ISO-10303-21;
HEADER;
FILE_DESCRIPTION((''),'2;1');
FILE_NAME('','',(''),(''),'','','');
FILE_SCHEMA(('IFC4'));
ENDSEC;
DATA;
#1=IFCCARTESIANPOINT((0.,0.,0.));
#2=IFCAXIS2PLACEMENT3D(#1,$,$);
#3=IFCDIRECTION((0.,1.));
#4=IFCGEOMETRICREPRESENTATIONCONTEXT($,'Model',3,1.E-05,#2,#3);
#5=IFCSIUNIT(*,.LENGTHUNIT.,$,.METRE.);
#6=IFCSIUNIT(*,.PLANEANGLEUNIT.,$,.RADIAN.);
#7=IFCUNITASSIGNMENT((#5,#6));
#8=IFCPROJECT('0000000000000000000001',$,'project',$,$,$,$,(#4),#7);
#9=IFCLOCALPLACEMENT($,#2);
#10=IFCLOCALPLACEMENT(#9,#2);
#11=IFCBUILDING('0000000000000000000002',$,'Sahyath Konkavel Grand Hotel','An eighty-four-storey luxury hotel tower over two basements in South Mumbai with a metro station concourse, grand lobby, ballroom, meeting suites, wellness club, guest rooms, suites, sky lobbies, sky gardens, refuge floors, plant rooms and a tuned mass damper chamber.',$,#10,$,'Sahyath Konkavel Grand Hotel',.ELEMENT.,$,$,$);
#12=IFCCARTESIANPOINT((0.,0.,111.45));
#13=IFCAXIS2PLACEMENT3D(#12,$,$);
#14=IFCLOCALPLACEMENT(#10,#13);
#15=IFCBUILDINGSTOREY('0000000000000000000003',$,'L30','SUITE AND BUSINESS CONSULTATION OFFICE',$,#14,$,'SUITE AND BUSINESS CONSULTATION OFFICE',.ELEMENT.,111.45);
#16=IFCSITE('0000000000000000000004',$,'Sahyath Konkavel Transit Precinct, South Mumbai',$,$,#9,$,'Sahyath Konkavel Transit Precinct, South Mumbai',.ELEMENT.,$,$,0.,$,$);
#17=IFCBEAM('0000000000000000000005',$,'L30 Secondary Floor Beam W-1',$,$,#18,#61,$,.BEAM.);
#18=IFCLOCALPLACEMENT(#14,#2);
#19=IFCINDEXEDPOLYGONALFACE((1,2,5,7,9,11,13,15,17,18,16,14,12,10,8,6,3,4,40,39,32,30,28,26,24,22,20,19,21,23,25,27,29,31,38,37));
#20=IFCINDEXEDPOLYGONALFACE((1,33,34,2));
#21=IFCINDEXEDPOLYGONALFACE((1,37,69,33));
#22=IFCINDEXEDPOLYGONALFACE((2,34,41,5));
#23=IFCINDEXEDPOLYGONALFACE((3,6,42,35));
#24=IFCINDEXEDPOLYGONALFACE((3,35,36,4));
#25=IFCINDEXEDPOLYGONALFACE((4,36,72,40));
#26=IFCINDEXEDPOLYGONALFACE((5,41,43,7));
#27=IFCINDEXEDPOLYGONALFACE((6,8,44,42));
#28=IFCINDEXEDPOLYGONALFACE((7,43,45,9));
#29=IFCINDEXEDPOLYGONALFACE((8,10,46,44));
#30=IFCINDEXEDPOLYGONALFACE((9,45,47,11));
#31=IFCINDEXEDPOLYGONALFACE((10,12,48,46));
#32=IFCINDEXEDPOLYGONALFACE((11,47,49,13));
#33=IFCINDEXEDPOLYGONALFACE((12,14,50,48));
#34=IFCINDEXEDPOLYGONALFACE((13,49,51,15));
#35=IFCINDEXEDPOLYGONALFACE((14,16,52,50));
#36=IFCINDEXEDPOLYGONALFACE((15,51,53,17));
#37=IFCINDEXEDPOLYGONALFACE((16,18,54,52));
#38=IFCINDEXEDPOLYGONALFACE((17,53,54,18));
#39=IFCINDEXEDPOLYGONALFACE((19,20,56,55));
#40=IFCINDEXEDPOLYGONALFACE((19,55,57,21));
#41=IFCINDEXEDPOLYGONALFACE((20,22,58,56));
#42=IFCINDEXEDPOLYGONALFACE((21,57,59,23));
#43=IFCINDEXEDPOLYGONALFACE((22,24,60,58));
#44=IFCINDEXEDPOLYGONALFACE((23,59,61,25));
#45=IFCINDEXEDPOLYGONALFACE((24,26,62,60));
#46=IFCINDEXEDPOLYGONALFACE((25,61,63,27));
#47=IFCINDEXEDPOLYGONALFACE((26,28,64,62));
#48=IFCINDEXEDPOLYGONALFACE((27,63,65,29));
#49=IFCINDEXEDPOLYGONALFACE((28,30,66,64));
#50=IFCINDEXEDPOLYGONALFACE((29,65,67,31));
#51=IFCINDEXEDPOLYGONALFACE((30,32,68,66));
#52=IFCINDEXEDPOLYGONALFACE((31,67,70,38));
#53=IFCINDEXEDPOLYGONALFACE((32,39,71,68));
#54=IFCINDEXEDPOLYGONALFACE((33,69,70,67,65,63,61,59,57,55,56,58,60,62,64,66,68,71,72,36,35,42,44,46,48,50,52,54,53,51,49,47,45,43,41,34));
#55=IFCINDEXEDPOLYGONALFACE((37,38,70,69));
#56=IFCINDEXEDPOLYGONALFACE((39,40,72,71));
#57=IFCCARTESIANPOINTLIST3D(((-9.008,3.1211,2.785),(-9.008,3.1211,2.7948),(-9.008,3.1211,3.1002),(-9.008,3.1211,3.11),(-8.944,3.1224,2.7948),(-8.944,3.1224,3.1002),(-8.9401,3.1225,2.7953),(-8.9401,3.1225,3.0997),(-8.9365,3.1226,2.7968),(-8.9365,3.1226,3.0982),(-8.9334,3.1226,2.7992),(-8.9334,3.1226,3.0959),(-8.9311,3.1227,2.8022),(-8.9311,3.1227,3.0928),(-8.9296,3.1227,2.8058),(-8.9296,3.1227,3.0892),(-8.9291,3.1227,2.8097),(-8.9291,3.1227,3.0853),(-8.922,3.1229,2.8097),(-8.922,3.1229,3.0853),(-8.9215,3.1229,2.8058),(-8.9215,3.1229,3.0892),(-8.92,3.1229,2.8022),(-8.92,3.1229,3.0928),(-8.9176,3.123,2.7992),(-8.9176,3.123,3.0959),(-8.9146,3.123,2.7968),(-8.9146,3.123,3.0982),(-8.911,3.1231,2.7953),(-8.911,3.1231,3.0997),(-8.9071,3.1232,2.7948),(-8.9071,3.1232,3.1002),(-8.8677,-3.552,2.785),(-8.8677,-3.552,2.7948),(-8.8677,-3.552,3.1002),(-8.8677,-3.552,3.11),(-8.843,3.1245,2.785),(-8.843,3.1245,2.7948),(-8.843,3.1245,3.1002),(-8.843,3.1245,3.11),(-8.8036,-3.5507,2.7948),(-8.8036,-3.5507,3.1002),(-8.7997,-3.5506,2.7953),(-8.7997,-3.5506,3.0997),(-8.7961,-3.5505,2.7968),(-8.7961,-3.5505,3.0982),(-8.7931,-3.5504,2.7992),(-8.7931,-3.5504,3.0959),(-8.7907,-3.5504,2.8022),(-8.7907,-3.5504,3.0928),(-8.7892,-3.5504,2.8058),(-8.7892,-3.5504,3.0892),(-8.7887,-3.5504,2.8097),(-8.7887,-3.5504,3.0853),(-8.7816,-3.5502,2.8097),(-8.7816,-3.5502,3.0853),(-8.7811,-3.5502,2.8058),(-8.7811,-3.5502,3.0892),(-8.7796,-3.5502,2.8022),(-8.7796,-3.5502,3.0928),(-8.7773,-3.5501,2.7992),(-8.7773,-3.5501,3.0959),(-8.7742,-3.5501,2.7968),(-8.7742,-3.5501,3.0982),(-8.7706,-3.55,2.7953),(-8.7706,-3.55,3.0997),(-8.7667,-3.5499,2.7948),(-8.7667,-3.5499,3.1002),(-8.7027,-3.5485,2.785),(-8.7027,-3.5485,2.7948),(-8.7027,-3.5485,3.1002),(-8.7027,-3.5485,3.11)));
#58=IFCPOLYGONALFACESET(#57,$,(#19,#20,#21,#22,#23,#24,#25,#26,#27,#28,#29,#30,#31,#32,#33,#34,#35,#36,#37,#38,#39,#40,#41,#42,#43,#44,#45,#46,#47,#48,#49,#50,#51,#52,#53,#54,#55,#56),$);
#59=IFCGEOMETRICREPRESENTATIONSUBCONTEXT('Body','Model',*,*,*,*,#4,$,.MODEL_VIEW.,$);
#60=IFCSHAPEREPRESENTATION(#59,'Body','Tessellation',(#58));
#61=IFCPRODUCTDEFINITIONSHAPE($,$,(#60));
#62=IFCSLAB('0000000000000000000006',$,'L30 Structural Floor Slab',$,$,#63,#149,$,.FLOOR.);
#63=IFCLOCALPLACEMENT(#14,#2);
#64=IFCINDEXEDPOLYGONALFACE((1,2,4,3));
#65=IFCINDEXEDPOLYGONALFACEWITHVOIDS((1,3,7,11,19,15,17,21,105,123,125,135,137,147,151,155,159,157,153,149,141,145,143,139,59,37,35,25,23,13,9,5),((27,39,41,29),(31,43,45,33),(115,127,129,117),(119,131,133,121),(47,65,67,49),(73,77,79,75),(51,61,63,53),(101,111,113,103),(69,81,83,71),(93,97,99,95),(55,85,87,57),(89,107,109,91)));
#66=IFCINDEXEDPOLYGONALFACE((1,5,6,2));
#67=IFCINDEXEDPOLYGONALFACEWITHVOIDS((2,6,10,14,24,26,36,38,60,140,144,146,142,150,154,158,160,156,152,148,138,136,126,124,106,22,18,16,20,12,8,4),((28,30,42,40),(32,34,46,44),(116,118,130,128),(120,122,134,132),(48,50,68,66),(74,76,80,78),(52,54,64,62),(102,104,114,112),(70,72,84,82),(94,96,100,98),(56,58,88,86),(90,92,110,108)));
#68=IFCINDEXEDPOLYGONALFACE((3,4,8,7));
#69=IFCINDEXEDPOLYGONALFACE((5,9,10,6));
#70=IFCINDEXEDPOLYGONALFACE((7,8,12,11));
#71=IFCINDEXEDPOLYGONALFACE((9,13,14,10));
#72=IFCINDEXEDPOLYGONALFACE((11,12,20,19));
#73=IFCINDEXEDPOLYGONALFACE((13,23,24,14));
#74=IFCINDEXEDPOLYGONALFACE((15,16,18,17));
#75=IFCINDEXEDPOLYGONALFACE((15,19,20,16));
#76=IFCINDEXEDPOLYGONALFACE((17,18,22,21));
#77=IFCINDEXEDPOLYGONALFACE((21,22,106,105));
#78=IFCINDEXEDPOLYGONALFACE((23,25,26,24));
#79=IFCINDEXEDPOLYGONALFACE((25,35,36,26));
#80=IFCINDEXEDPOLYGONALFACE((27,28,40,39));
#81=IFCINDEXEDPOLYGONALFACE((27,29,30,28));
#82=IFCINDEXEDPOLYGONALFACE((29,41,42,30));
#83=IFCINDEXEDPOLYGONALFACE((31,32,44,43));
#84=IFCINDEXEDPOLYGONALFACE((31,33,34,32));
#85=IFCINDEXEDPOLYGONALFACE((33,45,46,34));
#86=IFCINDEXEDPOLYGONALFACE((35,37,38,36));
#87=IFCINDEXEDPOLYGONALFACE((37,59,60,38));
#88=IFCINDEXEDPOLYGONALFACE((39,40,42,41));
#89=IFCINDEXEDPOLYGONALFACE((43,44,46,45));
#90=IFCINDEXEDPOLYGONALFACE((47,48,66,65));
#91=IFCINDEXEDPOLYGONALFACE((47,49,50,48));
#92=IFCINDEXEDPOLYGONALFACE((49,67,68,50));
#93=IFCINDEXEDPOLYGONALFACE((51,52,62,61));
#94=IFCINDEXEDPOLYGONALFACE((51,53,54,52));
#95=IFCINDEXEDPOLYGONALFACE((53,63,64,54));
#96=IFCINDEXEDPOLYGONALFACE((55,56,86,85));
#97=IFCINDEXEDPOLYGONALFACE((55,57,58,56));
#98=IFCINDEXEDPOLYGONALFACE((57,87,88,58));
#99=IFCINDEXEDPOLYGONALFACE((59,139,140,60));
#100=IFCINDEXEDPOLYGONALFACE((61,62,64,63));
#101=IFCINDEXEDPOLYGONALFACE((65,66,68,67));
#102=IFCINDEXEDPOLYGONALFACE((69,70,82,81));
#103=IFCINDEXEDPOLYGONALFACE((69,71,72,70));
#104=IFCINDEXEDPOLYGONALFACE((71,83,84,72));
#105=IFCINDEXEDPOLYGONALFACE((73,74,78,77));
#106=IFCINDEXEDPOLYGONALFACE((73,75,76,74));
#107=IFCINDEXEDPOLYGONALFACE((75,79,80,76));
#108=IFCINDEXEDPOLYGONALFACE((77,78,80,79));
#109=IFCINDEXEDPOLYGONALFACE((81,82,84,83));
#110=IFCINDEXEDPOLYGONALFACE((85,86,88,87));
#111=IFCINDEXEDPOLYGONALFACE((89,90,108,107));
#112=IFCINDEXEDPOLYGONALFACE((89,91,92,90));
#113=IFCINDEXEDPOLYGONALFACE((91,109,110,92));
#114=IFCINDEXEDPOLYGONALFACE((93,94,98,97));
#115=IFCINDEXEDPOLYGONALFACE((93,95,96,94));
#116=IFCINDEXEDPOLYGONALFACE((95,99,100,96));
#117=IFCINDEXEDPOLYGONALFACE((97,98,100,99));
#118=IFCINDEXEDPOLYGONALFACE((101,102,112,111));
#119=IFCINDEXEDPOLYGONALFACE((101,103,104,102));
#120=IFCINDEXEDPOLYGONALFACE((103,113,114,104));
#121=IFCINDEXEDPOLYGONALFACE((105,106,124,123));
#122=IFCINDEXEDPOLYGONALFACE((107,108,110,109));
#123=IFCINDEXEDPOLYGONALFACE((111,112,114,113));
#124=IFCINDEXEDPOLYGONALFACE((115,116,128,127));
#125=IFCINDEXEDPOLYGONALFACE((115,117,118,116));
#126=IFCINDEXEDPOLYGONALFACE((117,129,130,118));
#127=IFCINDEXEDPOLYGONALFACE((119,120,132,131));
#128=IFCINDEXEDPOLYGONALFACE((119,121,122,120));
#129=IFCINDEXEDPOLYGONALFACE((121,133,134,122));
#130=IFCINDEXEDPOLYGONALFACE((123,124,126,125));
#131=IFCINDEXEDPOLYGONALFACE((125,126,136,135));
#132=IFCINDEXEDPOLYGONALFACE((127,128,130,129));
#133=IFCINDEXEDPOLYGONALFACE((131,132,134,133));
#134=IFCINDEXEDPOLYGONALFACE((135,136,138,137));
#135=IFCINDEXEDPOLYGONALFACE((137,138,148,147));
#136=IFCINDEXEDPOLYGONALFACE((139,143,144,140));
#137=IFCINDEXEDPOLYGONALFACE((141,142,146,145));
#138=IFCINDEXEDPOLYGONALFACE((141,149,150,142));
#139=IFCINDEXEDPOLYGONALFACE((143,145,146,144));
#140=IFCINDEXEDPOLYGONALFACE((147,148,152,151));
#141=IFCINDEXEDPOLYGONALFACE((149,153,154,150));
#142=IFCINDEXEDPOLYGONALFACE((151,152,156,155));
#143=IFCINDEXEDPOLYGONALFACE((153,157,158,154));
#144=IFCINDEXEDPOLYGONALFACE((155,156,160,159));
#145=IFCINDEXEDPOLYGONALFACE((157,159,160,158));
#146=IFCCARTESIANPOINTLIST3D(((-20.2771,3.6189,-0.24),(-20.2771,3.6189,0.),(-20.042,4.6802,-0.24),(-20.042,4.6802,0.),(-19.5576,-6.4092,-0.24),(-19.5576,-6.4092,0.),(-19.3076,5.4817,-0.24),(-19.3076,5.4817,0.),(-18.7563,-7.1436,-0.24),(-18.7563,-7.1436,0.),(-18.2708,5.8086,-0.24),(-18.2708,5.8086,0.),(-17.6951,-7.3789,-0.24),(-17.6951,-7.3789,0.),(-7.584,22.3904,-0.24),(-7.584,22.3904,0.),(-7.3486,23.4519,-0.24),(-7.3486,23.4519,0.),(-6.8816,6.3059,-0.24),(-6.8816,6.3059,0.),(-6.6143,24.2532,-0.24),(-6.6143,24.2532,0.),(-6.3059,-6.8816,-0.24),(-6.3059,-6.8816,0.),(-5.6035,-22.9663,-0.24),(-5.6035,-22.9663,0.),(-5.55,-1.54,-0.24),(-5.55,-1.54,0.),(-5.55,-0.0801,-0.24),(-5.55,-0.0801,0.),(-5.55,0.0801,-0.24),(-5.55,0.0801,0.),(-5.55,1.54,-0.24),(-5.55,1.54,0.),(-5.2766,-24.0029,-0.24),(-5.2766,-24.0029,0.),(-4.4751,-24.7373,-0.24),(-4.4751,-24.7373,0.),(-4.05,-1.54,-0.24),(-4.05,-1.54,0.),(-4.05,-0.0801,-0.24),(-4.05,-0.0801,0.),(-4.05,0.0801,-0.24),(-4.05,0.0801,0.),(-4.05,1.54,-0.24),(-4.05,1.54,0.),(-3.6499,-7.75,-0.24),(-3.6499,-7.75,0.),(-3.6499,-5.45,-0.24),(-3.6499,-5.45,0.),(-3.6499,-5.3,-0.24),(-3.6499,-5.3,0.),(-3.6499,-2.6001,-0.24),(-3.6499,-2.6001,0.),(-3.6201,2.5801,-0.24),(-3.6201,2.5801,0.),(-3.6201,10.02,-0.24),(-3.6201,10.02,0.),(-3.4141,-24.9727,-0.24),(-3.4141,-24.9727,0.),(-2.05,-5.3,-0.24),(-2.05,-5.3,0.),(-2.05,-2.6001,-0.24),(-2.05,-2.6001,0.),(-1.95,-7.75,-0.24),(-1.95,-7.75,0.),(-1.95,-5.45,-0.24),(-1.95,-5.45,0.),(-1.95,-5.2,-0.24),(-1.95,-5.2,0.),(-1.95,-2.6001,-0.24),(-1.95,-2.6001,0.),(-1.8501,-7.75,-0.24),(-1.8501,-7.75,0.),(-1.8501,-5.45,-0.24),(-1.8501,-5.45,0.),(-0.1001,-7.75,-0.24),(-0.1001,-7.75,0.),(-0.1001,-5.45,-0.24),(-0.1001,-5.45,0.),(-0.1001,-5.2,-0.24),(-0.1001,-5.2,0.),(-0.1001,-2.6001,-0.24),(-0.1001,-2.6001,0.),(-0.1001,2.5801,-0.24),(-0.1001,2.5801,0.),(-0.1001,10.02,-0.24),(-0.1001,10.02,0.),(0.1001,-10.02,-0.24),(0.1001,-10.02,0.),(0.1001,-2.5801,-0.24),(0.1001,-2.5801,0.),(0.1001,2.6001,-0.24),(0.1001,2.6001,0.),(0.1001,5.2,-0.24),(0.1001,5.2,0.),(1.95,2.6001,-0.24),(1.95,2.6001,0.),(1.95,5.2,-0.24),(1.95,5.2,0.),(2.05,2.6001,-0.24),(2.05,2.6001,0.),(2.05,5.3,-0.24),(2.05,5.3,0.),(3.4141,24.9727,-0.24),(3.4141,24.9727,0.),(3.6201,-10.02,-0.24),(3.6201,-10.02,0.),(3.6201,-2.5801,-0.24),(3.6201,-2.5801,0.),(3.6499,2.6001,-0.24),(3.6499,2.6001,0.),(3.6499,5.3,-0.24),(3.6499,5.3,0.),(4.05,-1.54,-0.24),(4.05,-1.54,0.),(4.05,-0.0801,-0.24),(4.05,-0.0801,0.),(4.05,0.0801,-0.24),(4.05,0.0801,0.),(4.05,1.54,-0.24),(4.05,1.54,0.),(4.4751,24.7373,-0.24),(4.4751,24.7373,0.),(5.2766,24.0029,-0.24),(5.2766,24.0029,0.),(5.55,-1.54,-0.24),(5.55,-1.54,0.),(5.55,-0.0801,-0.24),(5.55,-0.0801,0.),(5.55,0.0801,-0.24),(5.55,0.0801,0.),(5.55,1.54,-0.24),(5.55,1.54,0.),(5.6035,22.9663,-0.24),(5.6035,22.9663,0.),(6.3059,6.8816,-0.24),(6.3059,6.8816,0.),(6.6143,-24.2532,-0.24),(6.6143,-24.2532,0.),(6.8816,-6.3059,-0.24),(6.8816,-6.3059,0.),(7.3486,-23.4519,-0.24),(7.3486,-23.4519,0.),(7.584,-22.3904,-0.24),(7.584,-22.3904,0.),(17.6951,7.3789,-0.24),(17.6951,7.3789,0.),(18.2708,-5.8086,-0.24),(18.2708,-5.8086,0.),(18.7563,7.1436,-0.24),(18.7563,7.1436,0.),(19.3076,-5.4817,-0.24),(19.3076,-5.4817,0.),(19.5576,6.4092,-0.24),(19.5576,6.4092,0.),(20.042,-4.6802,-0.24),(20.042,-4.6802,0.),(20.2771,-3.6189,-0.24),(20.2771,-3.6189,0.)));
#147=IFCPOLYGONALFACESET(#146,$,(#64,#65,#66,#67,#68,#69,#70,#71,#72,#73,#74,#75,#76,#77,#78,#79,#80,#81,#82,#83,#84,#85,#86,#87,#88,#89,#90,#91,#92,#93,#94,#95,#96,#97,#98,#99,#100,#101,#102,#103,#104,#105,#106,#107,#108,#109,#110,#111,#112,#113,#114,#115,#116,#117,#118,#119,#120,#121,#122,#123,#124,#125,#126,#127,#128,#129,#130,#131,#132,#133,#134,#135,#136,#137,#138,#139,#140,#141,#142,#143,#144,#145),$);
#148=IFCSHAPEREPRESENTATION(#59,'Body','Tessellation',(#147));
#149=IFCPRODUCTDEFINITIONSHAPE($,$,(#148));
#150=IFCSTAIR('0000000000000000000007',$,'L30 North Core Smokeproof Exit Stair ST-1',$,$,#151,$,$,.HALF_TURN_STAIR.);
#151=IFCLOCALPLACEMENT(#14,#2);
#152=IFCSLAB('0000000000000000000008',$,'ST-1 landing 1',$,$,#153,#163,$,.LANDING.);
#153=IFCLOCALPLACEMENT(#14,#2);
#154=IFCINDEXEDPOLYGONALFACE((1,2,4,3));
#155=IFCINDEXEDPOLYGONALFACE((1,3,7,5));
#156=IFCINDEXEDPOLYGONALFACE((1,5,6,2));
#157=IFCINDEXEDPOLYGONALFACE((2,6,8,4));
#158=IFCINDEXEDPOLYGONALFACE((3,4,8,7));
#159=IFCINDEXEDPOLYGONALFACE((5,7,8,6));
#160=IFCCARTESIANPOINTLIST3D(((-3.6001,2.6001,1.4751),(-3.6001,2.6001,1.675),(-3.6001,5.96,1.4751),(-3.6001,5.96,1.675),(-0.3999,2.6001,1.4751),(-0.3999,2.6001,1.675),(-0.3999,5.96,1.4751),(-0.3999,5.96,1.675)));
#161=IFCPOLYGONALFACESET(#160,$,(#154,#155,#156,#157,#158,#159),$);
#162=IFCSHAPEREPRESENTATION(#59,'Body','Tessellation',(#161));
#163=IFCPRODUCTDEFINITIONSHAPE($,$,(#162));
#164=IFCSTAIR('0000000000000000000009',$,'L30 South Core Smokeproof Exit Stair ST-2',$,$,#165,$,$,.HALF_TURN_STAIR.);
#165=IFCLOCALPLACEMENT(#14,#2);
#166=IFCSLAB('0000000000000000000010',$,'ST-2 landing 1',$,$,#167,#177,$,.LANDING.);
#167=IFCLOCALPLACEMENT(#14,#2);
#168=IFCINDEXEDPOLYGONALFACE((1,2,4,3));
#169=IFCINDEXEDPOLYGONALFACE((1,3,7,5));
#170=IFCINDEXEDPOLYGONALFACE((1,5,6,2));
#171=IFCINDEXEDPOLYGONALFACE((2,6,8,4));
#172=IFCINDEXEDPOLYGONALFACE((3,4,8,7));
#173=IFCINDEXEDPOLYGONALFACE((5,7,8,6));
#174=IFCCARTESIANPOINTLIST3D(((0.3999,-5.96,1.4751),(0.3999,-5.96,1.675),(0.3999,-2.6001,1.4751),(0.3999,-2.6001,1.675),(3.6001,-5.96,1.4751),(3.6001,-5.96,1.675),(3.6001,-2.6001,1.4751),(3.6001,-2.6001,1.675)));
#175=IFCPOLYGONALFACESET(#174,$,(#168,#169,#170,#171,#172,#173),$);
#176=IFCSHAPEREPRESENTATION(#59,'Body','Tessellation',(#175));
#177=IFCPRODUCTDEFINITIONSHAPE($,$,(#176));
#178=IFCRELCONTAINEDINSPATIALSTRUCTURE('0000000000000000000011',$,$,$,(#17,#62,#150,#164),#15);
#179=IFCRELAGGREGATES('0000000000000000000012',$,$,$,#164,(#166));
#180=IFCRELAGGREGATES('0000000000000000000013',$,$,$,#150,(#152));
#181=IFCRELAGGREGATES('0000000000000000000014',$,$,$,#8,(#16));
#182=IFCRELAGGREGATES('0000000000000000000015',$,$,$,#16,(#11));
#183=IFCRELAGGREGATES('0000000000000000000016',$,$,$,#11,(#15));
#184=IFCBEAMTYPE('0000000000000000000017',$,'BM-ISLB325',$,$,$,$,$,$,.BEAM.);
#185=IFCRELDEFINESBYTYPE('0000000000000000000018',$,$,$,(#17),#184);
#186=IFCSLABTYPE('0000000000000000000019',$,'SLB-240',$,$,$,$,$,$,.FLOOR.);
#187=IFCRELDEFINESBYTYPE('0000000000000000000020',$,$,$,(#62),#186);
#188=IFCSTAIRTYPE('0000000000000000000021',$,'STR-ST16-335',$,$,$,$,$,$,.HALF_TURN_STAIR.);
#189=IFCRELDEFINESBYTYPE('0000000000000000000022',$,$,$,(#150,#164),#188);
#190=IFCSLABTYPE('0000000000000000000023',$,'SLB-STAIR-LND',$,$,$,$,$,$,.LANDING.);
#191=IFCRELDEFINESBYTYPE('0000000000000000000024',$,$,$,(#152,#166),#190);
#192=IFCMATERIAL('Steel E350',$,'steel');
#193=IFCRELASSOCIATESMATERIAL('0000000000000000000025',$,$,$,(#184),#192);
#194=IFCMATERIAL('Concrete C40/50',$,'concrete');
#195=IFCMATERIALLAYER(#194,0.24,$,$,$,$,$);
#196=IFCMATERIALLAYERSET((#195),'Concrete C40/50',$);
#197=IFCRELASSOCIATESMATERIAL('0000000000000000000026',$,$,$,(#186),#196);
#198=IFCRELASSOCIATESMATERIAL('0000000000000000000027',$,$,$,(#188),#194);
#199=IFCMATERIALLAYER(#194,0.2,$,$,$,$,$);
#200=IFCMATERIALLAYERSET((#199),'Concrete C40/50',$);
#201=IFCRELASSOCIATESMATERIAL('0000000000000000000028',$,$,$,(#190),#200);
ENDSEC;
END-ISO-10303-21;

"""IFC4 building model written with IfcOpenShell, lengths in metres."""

from ifc_helpers import new_model, si_unit, direction, frame, origin, origin_2d, place, context, subcontext, project, spatial, polyline, i_section, outline, extrude, source, transform, mapped, material, layer, layer_set, material_profile, profile_set, type_object, element, aggregate, save


model = new_model("IFC4")

# Units and contexts
model_context = context("Model", 3, precision=1e-05, world=origin(), true_north=direction((0.0, 1.0)))
body_context = subcontext(model_context, "Body", "Model", "MODEL_VIEW")
ifc_project = project(units=[si_unit("LENGTHUNIT", "METRE"), si_unit("PLANEANGLEUNIT", "RADIAN")], contexts=[model_context])

# Site, building, storey
site_placement = place(None, origin())
site = spatial("IfcSite", under=ifc_project, at=site_placement, Name="Sahyath Konkavel Transit Precinct, South Mumbai", LongName="Sahyath Konkavel Transit Precinct, South Mumbai", CompositionType="ELEMENT", RefElevation=0.0)
building_placement = place(site_placement, origin())
building = spatial("IfcBuilding", under=site, at=building_placement, Name="Sahyath Konkavel Grand Hotel", Description="An eighty-four-storey luxury hotel tower over two basements in South Mumbai with a metro station concourse, grand lobby, ballroom, meeting suites, wellness club, guest rooms, suites, sky lobbies, sky gardens, refuge floors, plant rooms and a tuned mass damper chamber.", LongName="Sahyath Konkavel Grand Hotel", CompositionType="ELEMENT")
storey_placement = place(building_placement, frame((0.0, 0.0, 111.45)))
storey = spatial("IfcBuildingStorey", under=building, at=storey_placement, Name="L30", Description="SUITE AND BUSINESS CONSULTATION OFFICE", LongName="SUITE AND BUSINESS CONSULTATION OFFICE", CompositionType="ELEMENT", Elevation=111.45)

# Beam
ifc_material_1 = material(Name="Steel E350", Category="steel")
ifc_material_profile_1 = material_profile(ifc_material_1, i_section(OverallWidth=0.165, OverallDepth=0.325, WebThickness=0.0071, FlangeThickness=0.0098, FilletRadius=0.0149, at=origin_2d()), Name="ISLB 325")
ifc_profile_set_1 = profile_set([ifc_material_profile_1], Name="Steel E350")
beam_type_1 = type_object("IfcBeamType", Name="BM-ISLB325", PredefinedType="BEAM", material=ifc_profile_set_1)
shared_shape_1 = source(origin(), body_context, "Body", "SweptSolid", [
    extrude(i_section(OverallWidth=0.165, OverallDepth=0.325, WebThickness=0.0071, FlangeThickness=0.0098, FilletRadius=0.0149, at=origin_2d()), origin(), (0.0, 0.0, 1.0), 6.6746),
])
beam_1_placement = place(storey_placement, frame((-8.9255, 3.1228, 2.9475), z_axis=(0.021032, -0.999779, 0.0), x_axis=(0.999779, 0.021032, 0.0)))
element("IfcBeam", 1, at=beam_1_placement, inside=storey, type_object=beam_type_1, Name="L30 Secondary Floor Beam W-1", PredefinedType="BEAM", context=body_context, shape_type="MappedRepresentation", body=[
    mapped(shared_shape_1, transform((0.0, 0.0, 0.0), scale=1.0)),
])

# Slab
ifc_material_2 = material(Name="Concrete C40/50", Category="concrete")
ifc_layer_1 = layer(ifc_material_2, 0.24)
ifc_layer_set_1 = layer_set([ifc_layer_1], Name="Concrete C40/50")
slab_type_1 = type_object("IfcSlabType", Name="SLB-240", PredefinedType="FLOOR", material=ifc_layer_set_1)
slab_1_placement = place(storey_placement, frame((0.0, 0.0, -0.24)))
element("IfcSlab", 2, at=slab_1_placement, inside=storey, type_object=slab_type_1, Name="L30 Structural Floor Slab", PredefinedType="FLOOR", context=body_context, shape_type="SweptSolid", body=[
    extrude(outline(polyline([(6.8816, -6.3059), (18.2708, -5.8086), (19.3076, -5.4817), (20.042, -4.6802), (20.2771, -3.6189), (19.5576, 6.4092), (18.7563, 7.1436), (17.6951, 7.3789), (6.3059, 6.8816), (5.6035, 22.9663), (5.2766, 24.0029), (4.4751, 24.7373), (3.4141, 24.9727), (-6.6143, 24.2532), (-7.3486, 23.4519), (-7.584, 22.3904), (-6.8816, 6.3059), (-18.2708, 5.8086), (-19.3076, 5.4817), (-20.042, 4.6802), (-20.2771, 3.6189), (-19.5576, -6.4092), (-18.7563, -7.1436), (-17.6951, -7.3789), (-6.3059, -6.8816), (-5.6035, -22.9663), (-5.2766, -24.0029), (-4.4751, -24.7373), (-3.4141, -24.9727), (6.6143, -24.2532), (7.3486, -23.4519), (7.584, -22.3904), (6.8816, -6.3059)]), holes=[polyline([(-3.6201, 2.5801), (-0.1001, 2.5801), (-0.1001, 10.02), (-3.6201, 10.02), (-3.6201, 2.5801)]), polyline([(0.1001, -10.02), (3.6201, -10.02), (3.6201, -2.5801), (0.1001, -2.5801), (0.1001, -10.02)]), polyline([(0.1001, 2.6001), (1.95, 2.6001), (1.95, 5.2), (0.1001, 5.2), (0.1001, 2.6001)]), polyline([(-1.95, -5.2), (-0.1001, -5.2), (-0.1001, -2.6001), (-1.95, -2.6001), (-1.95, -5.2)]), polyline([(2.05, 2.6001), (3.6499, 2.6001), (3.6499, 5.3), (2.05, 5.3), (2.05, 2.6001)]), polyline([(-3.6499, -5.3), (-2.05, -5.3), (-2.05, -2.6001), (-3.6499, -2.6001), (-3.6499, -5.3)]), polyline([(-3.6499, -7.75), (-1.95, -7.75), (-1.95, -5.45), (-3.6499, -5.45), (-3.6499, -7.75)]), polyline([(-1.8501, -7.75), (-0.1001, -7.75), (-0.1001, -5.45), (-1.8501, -5.45), (-1.8501, -7.75)]), polyline([(4.05, 0.0801), (5.55, 0.0801), (5.55, 1.54), (4.05, 1.54), (4.05, 0.0801)]), polyline([(4.05, -1.54), (5.55, -1.54), (5.55, -0.0801), (4.05, -0.0801), (4.05, -1.54)]), polyline([(-5.55, 0.0801), (-4.05, 0.0801), (-4.05, 1.54), (-5.55, 1.54), (-5.55, 0.0801)]), polyline([(-5.55, -1.54), (-4.05, -1.54), (-4.05, -0.0801), (-5.55, -0.0801), (-5.55, -1.54)])]), origin(), (0.0, 0.0, 1.0), 0.24),
])

# Stairs, slabs
stair_type = type_object("IfcStairType", Name="STR-ST16-335", PredefinedType="HALF_TURN_STAIR", material=ifc_material_2)
stair_1_placement = place(storey_placement, origin())
stair_1 = element("IfcStair", 3, at=stair_1_placement, inside=storey, type_object=stair_type, Name="L30 North Core Smokeproof Exit Stair ST-1", PredefinedType="HALF_TURN_STAIR")
ifc_layer_2 = layer(ifc_material_2, 0.2)
ifc_layer_set_2 = layer_set([ifc_layer_2], Name="Concrete C40/50")
slab_type_2 = type_object("IfcSlabType", Name="SLB-STAIR-LND", PredefinedType="LANDING", material=ifc_layer_set_2)
slab_2_placement = place(storey_placement, frame((0.0, 0.0, 1.4751)))
slab_2 = element("IfcSlab", 4, at=slab_2_placement, type_object=slab_type_2, Name="ST-1 landing 1", PredefinedType="LANDING", context=body_context, shape_type="SweptSolid", body=[
    extrude(outline(polyline([(-3.6001, 5.96), (-3.6001, 2.6001), (-0.3999, 2.6001), (-0.3999, 5.96), (-3.6001, 5.96)])), origin(), (0.0, 0.0, 1.0), 0.2),
])
stair_2_placement = place(storey_placement, origin())
stair_2 = element("IfcStair", 5, at=stair_2_placement, inside=storey, type_object=stair_type, Name="L30 South Core Smokeproof Exit Stair ST-2", PredefinedType="HALF_TURN_STAIR")
slab_3_placement = place(storey_placement, frame((0.0, 0.0, 1.4751)))
slab_3 = element("IfcSlab", 6, at=slab_3_placement, type_object=slab_type_2, Name="ST-2 landing 1", PredefinedType="LANDING", context=body_context, shape_type="SweptSolid", body=[
    extrude(outline(polyline([(3.6001, -5.96), (3.6001, -2.6001), (0.3999, -2.6001), (0.3999, -5.96), (3.6001, -5.96)])), origin(), (0.0, 0.0, 1.0), 0.2),
])
aggregate(stair_2, [slab_3])

aggregate(stair_1, [slab_2])

save(model, "model.ifc")
